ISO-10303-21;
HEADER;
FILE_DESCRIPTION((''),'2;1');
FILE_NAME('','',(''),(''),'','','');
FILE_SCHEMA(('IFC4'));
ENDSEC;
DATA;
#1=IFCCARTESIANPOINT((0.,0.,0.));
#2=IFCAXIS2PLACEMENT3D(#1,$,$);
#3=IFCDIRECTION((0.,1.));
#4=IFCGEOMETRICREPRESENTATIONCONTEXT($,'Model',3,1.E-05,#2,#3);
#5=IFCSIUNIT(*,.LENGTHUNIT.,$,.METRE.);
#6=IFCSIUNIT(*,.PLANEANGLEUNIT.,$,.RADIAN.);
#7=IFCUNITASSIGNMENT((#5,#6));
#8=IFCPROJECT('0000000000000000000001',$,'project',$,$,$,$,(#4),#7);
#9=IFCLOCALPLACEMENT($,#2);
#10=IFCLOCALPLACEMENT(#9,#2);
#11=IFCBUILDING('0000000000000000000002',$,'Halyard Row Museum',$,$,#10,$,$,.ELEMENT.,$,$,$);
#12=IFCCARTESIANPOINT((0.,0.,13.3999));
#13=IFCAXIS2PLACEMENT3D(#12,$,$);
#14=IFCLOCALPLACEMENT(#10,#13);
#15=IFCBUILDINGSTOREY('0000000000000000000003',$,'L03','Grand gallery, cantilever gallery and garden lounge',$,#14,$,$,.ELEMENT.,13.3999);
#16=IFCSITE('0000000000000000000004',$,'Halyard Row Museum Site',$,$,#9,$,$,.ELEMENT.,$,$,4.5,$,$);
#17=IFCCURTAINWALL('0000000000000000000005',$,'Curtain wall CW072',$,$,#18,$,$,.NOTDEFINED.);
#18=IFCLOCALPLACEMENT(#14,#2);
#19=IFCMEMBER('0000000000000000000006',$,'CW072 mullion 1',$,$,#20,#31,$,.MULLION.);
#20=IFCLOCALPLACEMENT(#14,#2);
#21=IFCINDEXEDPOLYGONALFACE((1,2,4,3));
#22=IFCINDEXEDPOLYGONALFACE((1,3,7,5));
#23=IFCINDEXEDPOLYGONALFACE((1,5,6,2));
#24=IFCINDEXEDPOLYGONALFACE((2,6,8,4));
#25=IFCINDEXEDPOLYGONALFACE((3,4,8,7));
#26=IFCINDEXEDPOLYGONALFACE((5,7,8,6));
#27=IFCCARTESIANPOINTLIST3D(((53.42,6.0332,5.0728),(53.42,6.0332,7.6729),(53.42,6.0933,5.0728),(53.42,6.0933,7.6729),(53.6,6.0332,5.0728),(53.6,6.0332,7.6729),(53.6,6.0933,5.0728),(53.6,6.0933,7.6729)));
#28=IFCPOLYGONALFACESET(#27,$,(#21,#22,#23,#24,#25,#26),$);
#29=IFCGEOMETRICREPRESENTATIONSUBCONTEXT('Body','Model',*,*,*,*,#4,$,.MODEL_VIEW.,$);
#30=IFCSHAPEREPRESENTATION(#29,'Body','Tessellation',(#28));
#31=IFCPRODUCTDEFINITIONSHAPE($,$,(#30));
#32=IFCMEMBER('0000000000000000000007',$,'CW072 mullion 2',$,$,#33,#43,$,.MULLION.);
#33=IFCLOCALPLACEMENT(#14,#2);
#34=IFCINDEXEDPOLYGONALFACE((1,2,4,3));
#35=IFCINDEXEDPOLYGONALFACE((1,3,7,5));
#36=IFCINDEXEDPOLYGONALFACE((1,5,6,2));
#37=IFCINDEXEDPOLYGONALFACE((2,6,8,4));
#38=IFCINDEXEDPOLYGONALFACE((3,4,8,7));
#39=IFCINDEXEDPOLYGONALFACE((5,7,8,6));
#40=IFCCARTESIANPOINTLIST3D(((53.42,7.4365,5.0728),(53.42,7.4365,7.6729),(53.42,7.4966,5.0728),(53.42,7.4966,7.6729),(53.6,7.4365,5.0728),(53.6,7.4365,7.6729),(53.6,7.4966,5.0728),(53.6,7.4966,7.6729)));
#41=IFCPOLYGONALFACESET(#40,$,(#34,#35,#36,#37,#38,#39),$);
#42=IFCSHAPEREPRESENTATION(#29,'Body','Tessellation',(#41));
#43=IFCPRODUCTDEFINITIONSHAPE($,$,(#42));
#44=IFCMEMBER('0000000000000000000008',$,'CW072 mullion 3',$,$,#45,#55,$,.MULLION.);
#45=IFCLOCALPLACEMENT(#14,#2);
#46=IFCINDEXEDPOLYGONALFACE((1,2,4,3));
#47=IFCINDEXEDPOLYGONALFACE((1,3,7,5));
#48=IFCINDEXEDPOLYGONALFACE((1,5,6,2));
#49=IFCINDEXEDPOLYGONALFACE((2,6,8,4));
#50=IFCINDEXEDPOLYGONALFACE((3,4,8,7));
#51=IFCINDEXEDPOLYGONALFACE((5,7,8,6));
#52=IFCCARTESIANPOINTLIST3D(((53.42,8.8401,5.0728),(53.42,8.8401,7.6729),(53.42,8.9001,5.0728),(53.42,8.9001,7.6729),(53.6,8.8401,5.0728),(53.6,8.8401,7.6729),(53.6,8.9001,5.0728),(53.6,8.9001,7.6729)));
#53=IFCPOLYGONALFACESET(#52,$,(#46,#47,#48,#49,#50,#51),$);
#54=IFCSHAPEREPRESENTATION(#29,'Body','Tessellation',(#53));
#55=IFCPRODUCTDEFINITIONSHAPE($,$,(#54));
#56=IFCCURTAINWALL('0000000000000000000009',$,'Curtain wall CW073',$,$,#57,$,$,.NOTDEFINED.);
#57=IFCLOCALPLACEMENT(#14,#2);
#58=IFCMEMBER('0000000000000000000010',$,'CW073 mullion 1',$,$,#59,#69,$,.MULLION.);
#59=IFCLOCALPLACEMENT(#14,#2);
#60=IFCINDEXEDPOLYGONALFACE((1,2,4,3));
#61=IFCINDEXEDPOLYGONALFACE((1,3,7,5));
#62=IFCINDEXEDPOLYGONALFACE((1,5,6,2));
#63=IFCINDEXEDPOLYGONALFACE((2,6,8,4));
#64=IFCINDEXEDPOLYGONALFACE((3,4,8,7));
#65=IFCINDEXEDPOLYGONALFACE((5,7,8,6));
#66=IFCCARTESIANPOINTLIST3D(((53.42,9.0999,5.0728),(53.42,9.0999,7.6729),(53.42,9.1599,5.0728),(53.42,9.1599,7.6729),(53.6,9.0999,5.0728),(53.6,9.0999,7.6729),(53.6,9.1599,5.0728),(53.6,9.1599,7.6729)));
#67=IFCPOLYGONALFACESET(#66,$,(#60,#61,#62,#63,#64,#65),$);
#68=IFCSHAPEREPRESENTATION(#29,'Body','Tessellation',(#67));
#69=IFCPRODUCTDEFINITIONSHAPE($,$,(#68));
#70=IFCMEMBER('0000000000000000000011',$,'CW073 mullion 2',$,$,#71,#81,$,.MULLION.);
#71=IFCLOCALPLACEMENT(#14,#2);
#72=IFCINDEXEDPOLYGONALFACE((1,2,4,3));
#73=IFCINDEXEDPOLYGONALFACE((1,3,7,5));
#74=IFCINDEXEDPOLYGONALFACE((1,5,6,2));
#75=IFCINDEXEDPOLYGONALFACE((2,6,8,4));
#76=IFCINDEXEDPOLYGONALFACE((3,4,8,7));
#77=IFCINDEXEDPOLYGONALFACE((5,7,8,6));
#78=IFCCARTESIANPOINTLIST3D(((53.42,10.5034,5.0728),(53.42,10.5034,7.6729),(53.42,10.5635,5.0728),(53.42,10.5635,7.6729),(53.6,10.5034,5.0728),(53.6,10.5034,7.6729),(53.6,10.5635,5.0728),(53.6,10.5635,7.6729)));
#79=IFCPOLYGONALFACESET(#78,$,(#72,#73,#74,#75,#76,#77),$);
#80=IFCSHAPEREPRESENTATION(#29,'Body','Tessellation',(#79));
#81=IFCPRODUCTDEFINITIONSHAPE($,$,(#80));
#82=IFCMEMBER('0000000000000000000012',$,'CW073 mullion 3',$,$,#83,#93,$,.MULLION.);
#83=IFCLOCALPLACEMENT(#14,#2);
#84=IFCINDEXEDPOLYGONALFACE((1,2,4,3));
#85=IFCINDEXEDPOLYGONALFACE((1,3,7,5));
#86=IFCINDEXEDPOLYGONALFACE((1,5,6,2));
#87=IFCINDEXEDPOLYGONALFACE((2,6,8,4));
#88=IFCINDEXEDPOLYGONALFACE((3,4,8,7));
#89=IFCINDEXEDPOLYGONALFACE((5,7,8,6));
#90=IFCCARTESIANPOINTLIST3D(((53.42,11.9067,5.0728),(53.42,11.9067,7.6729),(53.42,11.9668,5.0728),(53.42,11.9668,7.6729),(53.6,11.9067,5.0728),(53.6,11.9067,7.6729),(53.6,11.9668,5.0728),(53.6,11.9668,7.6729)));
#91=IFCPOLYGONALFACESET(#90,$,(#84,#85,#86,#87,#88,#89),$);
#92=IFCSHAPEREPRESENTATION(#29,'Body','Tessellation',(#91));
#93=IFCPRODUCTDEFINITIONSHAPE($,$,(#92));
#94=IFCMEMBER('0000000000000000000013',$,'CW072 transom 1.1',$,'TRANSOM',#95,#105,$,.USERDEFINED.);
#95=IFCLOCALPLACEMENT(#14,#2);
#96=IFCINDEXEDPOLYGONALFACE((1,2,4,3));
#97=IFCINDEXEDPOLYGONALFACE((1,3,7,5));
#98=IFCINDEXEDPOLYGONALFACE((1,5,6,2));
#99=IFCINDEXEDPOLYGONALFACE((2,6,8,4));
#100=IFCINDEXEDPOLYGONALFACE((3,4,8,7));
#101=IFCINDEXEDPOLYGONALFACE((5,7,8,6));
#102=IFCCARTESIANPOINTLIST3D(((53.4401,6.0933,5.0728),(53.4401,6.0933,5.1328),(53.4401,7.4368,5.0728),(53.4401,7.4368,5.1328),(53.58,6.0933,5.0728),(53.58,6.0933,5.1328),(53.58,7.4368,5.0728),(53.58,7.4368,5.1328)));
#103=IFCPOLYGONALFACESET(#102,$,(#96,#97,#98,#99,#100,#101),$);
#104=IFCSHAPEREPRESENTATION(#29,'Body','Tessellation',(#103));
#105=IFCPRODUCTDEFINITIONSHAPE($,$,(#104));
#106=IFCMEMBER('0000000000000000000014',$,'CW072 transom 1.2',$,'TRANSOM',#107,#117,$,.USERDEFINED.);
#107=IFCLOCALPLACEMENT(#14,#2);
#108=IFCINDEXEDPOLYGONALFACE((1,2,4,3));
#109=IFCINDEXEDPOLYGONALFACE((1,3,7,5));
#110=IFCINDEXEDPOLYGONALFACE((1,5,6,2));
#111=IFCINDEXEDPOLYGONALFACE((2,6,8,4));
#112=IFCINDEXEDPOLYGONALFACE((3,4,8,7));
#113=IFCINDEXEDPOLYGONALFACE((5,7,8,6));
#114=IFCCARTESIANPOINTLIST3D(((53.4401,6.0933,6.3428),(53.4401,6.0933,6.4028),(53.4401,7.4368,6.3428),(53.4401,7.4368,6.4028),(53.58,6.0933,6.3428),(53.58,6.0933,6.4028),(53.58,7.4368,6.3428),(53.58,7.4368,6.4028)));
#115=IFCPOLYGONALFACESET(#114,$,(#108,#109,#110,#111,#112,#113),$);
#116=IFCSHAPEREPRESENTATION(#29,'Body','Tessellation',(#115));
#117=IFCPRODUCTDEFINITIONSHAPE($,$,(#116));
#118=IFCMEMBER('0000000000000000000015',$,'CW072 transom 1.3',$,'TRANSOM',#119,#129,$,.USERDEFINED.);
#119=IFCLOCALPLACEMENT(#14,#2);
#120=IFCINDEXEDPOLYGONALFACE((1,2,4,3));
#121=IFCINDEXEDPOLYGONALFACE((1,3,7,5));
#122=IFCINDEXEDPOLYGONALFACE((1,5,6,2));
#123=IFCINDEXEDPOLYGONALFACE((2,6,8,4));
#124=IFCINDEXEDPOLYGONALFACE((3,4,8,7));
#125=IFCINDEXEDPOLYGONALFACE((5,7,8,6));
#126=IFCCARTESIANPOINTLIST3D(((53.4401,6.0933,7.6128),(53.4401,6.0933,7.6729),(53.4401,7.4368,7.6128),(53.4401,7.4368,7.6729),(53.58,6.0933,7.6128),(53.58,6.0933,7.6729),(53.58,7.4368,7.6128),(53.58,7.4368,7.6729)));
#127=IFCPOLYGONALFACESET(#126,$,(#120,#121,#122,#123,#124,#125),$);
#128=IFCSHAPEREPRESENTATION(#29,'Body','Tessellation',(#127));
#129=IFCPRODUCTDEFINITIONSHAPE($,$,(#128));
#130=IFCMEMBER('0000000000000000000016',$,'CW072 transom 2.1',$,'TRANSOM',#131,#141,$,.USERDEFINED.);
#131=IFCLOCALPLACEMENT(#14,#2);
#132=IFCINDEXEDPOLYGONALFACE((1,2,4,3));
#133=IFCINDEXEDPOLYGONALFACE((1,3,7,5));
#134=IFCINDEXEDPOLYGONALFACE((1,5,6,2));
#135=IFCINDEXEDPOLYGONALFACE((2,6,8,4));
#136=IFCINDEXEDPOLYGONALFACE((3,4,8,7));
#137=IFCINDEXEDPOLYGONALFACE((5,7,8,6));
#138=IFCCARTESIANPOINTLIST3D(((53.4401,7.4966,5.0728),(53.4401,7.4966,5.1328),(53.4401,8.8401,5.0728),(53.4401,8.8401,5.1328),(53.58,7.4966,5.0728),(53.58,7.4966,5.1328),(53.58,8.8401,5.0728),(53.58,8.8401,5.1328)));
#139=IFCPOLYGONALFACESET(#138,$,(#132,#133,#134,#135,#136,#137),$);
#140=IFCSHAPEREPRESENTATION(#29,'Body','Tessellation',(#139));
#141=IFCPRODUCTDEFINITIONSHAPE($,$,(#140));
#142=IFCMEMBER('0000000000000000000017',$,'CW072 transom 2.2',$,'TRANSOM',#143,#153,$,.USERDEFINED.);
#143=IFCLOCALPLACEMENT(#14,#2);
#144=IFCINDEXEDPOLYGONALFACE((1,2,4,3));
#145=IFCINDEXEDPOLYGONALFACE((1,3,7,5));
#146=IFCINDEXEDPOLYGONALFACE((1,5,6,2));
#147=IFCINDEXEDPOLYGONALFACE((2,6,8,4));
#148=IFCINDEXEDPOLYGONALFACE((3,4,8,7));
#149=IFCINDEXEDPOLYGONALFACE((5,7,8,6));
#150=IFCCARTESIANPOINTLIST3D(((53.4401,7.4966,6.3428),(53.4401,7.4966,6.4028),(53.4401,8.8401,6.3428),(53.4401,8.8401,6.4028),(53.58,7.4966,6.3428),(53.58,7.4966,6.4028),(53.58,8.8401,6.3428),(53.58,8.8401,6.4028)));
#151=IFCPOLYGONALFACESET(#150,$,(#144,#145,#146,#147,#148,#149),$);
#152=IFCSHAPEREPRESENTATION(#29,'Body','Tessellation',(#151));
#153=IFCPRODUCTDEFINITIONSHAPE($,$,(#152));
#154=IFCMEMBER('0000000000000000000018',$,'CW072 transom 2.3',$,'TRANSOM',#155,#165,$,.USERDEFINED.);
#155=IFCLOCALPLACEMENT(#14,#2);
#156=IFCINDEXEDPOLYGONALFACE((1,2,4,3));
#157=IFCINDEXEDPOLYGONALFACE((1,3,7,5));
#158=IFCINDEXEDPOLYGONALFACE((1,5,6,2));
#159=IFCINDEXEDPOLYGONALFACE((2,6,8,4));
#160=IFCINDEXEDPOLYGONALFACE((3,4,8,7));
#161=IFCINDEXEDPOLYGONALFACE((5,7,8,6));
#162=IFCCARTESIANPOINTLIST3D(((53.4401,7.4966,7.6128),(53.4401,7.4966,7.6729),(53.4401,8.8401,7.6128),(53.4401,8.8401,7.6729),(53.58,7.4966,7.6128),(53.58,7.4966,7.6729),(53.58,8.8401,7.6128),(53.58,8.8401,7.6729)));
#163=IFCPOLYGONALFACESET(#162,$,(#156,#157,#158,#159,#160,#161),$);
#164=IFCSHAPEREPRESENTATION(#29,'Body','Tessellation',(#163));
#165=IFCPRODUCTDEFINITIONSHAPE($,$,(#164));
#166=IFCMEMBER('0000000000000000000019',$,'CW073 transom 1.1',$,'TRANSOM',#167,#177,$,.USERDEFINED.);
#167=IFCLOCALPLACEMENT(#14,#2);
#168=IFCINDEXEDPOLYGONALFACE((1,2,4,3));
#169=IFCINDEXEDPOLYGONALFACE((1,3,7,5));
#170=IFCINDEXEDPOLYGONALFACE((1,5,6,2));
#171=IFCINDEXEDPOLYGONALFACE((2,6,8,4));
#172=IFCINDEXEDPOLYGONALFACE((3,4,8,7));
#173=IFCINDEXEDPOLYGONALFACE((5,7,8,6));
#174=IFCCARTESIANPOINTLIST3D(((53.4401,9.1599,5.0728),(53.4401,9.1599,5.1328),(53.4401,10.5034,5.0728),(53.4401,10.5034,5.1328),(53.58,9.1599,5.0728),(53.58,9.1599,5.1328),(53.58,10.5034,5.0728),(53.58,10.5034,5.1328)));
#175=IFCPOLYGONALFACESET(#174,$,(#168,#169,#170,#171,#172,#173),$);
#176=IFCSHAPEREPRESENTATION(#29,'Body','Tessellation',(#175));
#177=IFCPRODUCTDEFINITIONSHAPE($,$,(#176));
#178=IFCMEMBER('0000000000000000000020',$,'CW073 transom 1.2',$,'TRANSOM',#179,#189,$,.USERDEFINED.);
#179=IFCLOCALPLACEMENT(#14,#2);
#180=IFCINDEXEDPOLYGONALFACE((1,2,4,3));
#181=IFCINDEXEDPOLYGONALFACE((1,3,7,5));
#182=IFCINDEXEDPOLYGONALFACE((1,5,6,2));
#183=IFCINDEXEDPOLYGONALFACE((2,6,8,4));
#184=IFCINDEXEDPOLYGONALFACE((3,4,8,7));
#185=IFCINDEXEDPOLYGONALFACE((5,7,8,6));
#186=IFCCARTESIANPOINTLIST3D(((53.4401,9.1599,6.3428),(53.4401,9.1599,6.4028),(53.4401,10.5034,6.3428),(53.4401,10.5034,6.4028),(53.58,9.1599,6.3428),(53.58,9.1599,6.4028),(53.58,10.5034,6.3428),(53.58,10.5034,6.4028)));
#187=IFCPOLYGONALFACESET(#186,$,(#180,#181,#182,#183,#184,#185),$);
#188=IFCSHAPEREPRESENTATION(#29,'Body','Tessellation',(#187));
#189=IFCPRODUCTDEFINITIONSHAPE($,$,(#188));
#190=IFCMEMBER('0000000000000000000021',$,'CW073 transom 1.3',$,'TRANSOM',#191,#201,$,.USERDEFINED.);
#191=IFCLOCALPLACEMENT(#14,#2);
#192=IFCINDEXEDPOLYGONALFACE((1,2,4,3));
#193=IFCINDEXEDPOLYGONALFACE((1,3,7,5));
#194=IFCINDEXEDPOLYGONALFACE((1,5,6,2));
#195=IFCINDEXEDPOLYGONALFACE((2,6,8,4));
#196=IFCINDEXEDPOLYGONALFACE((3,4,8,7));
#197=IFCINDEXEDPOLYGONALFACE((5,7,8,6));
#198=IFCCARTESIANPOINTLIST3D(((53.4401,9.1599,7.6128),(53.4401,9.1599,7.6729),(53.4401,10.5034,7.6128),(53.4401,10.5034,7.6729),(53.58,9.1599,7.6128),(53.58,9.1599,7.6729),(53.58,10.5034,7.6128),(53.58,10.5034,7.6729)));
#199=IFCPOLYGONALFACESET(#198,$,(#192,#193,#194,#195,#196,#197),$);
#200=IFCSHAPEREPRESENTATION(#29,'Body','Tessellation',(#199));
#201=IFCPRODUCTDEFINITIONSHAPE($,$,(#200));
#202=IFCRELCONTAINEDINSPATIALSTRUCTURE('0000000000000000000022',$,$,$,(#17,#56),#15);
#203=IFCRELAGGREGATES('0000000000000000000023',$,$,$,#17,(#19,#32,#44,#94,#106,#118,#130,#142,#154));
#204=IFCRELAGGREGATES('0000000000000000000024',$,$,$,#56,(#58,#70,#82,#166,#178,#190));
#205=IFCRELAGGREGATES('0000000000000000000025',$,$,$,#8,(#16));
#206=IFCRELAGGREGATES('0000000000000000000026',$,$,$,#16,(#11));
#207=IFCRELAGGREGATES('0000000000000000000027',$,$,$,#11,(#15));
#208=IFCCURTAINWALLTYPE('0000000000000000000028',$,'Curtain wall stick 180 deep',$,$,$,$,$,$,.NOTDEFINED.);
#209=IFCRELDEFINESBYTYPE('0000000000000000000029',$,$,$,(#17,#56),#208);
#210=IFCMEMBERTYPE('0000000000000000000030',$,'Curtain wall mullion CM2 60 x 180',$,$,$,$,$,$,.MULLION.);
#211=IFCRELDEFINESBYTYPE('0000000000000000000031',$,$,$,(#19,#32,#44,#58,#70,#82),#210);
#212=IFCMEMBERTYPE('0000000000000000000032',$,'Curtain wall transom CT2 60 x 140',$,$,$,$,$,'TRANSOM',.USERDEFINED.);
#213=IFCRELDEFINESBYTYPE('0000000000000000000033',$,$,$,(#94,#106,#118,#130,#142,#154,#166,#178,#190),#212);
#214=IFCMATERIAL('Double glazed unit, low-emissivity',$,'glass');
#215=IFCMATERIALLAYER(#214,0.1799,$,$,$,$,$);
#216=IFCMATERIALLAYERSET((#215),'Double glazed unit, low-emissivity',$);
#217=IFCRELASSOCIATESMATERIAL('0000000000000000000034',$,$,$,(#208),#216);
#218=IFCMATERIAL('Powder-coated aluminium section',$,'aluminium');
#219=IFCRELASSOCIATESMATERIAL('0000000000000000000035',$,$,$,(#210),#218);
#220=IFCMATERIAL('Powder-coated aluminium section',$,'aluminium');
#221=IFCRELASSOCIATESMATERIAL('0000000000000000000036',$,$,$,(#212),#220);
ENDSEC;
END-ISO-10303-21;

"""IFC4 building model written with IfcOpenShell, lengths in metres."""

from ifc_helpers import new_model, si_unit, direction, frame, origin, origin_2d, place, context, subcontext, project, spatial, rectangle, extrude, material, layer, layer_set, material_profile, profile_set, type_object, element, aggregate, save


model = new_model("IFC4")

# Units and contexts
model_context = context("Model", 3, precision=1e-05, world=origin(), true_north=direction((0.0, 1.0)))
body_context = subcontext(model_context, "Body", "Model", "MODEL_VIEW")
ifc_project = project(units=[si_unit("LENGTHUNIT", "METRE"), si_unit("PLANEANGLEUNIT", "RADIAN")], contexts=[model_context])

# Site, building, storey
site_placement = place(None, origin())
site = spatial("IfcSite", under=ifc_project, at=site_placement, Name="Halyard Row Museum Site", CompositionType="ELEMENT", RefElevation=4.5)
building_placement = place(site_placement, origin())
building = spatial("IfcBuilding", under=site, at=building_placement, Name="Halyard Row Museum", CompositionType="ELEMENT")
storey_placement = place(building_placement, frame((0.0, 0.0, 13.3999)))
storey = spatial("IfcBuildingStorey", under=building, at=storey_placement, Name="L03", Description="Grand gallery, cantilever gallery and garden lounge", CompositionType="ELEMENT", Elevation=13.3999)

# Curtain walls, members
ifc_material_1 = material(Name="Double glazed unit, low-emissivity", Category="glass")
ifc_layer_1 = layer(ifc_material_1, 0.1799)
ifc_layer_set_1 = layer_set([ifc_layer_1], Name="Double glazed unit, low-emissivity")
curtain_wall_type = type_object("IfcCurtainWallType", Name="Curtain wall stick 180 deep", PredefinedType="NOTDEFINED", material=ifc_layer_set_1)
curtain_wall_1_placement = place(storey_placement, origin())
curtain_wall_1 = element("IfcCurtainWall", 1, at=curtain_wall_1_placement, inside=storey, type_object=curtain_wall_type, Name="Curtain wall CW072", PredefinedType="NOTDEFINED")
ifc_material_2 = material(Name="Powder-coated aluminium section", Category="aluminium")
ifc_material_profile_1 = material_profile(ifc_material_2, rectangle(XDim=0.1799, YDim=0.0601, at=origin_2d()), Name="180x60 mullion")
ifc_profile_set_1 = profile_set([ifc_material_profile_1], Name="Powder-coated aluminium section")
member_type_1 = type_object("IfcMemberType", Name="Curtain wall mullion CM2 60 x 180", PredefinedType="MULLION", material=ifc_profile_set_1)
member_1_placement = place(storey_placement, frame((53.51, 6.0632, 5.0728), z_axis=(0.0, 0.0, 1.0), x_axis=(-1.0, 0.0, 0.0)))
member_1 = element("IfcMember", 2, at=member_1_placement, type_object=member_type_1, Name="CW072 mullion 1", PredefinedType="MULLION", context=body_context, shape_type="SweptSolid", body=[
    extrude(rectangle(XDim=0.1799, YDim=0.0601, at=origin_2d()), origin(), (0.0, 0.0, 1.0), 2.6001),
])
member_2_placement = place(storey_placement, frame((53.51, 7.4666, 5.0728), z_axis=(0.0, 0.0, 1.0), x_axis=(-1.0, 0.0, 0.0)))
member_2 = element("IfcMember", 3, at=member_2_placement, type_object=member_type_1, Name="CW072 mullion 2", PredefinedType="MULLION", context=body_context, shape_type="SweptSolid", body=[
    extrude(rectangle(XDim=0.1799, YDim=0.0601, at=origin_2d()), origin(), (0.0, 0.0, 1.0), 2.6001),
])
member_3_placement = place(storey_placement, frame((53.51, 8.8701, 5.0728), z_axis=(0.0, 0.0, 1.0), x_axis=(-1.0, 0.0, 0.0)))
member_3 = element("IfcMember", 4, at=member_3_placement, type_object=member_type_1, Name="CW072 mullion 3", PredefinedType="MULLION", context=body_context, shape_type="SweptSolid", body=[
    extrude(rectangle(XDim=0.1799, YDim=0.0601, at=origin_2d()), origin(), (0.0, 0.0, 1.0), 2.6001),
])
curtain_wall_2_placement = place(storey_placement, origin())
curtain_wall_2 = element("IfcCurtainWall", 5, at=curtain_wall_2_placement, inside=storey, type_object=curtain_wall_type, Name="Curtain wall CW073", PredefinedType="NOTDEFINED")
member_4_placement = place(storey_placement, frame((53.51, 9.1299, 5.0728), z_axis=(0.0, 0.0, 1.0), x_axis=(-1.0, 0.0, 0.0)))
member_4 = element("IfcMember", 6, at=member_4_placement, type_object=member_type_1, Name="CW073 mullion 1", PredefinedType="MULLION", context=body_context, shape_type="SweptSolid", body=[
    extrude(rectangle(XDim=0.1799, YDim=0.0601, at=origin_2d()), origin(), (0.0, 0.0, 1.0), 2.6001),
])
member_5_placement = place(storey_placement, frame((53.51, 10.5334, 5.0728), z_axis=(0.0, 0.0, 1.0), x_axis=(-1.0, 0.0, 0.0)))
member_5 = element("IfcMember", 7, at=member_5_placement, type_object=member_type_1, Name="CW073 mullion 2", PredefinedType="MULLION", context=body_context, shape_type="SweptSolid", body=[
    extrude(rectangle(XDim=0.1799, YDim=0.0601, at=origin_2d()), origin(), (0.0, 0.0, 1.0), 2.6001),
])
member_6_placement = place(storey_placement, frame((53.51, 11.9368, 5.0728), z_axis=(0.0, 0.0, 1.0), x_axis=(-1.0, 0.0, 0.0)))
member_6 = element("IfcMember", 8, at=member_6_placement, type_object=member_type_1, Name="CW073 mullion 3", PredefinedType="MULLION", context=body_context, shape_type="SweptSolid", body=[
    extrude(rectangle(XDim=0.1799, YDim=0.0601, at=origin_2d()), origin(), (0.0, 0.0, 1.0), 2.6001),
])

# Members
ifc_material_3 = material(Name="Powder-coated aluminium section", Category="aluminium")
ifc_material_profile_2 = material_profile(ifc_material_3, rectangle(XDim=0.1399, YDim=0.0601, at=origin_2d()), Name="140x60 transom")
ifc_profile_set_2 = profile_set([ifc_material_profile_2], Name="Powder-coated aluminium section")
member_type_2 = type_object("IfcMemberType", Name="Curtain wall transom CT2 60 x 140", ElementType="TRANSOM", PredefinedType="USERDEFINED", material=ifc_profile_set_2)
member_7_placement = place(storey_placement, frame((53.51, 6.0933, 5.1028), z_axis=(0.0, 1.0, 0.0), x_axis=(-1.0, 0.0, 0.0)))
member_7 = element("IfcMember", 9, at=member_7_placement, type_object=member_type_2, Name="CW072 transom 1.1", ObjectType="TRANSOM", PredefinedType="USERDEFINED", context=body_context, shape_type="SweptSolid", body=[
    extrude(rectangle(XDim=0.1399, YDim=0.0601, at=origin_2d()), origin(), (0.0, 0.0, 1.0), 1.3435),
])
member_8_placement = place(storey_placement, frame((53.51, 6.0933, 6.3728), z_axis=(0.0, 1.0, 0.0), x_axis=(-1.0, 0.0, 0.0)))
member_8 = element("IfcMember", 10, at=member_8_placement, type_object=member_type_2, Name="CW072 transom 1.2", ObjectType="TRANSOM", PredefinedType="USERDEFINED", context=body_context, shape_type="SweptSolid", body=[
    extrude(rectangle(XDim=0.1399, YDim=0.0601, at=origin_2d()), origin(), (0.0, 0.0, 1.0), 1.3435),
])
member_9_placement = place(storey_placement, frame((53.51, 6.0933, 7.6428), z_axis=(0.0, 1.0, 0.0), x_axis=(-1.0, 0.0, 0.0)))
member_9 = element("IfcMember", 11, at=member_9_placement, type_object=member_type_2, Name="CW072 transom 1.3", ObjectType="TRANSOM", PredefinedType="USERDEFINED", context=body_context, shape_type="SweptSolid", body=[
    extrude(rectangle(XDim=0.1399, YDim=0.0601, at=origin_2d()), origin(), (0.0, 0.0, 1.0), 1.3435),
])
member_10_placement = place(storey_placement, frame((53.51, 7.4966, 5.1028), z_axis=(0.0, 1.0, 0.0), x_axis=(-1.0, 0.0, 0.0)))
member_10 = element("IfcMember", 12, at=member_10_placement, type_object=member_type_2, Name="CW072 transom 2.1", ObjectType="TRANSOM", PredefinedType="USERDEFINED", context=body_context, shape_type="SweptSolid", body=[
    extrude(rectangle(XDim=0.1399, YDim=0.0601, at=origin_2d()), origin(), (0.0, 0.0, 1.0), 1.3435),
])
member_11_placement = place(storey_placement, frame((53.51, 7.4966, 6.3728), z_axis=(0.0, 1.0, 0.0), x_axis=(-1.0, 0.0, 0.0)))
member_11 = element("IfcMember", 13, at=member_11_placement, type_object=member_type_2, Name="CW072 transom 2.2", ObjectType="TRANSOM", PredefinedType="USERDEFINED", context=body_context, shape_type="SweptSolid", body=[
    extrude(rectangle(XDim=0.1399, YDim=0.0601, at=origin_2d()), origin(), (0.0, 0.0, 1.0), 1.3435),
])
member_12_placement = place(storey_placement, frame((53.51, 7.4966, 7.6428), z_axis=(0.0, 1.0, 0.0), x_axis=(-1.0, 0.0, 0.0)))
member_12 = element("IfcMember", 14, at=member_12_placement, type_object=member_type_2, Name="CW072 transom 2.3", ObjectType="TRANSOM", PredefinedType="USERDEFINED", context=body_context, shape_type="SweptSolid", body=[
    extrude(rectangle(XDim=0.1399, YDim=0.0601, at=origin_2d()), origin(), (0.0, 0.0, 1.0), 1.3435),
])
member_13_placement = place(storey_placement, frame((53.51, 9.1599, 5.1028), z_axis=(0.0, 1.0, 0.0), x_axis=(-1.0, 0.0, 0.0)))
member_13 = element("IfcMember", 15, at=member_13_placement, type_object=member_type_2, Name="CW073 transom 1.1", ObjectType="TRANSOM", PredefinedType="USERDEFINED", context=body_context, shape_type="SweptSolid", body=[
    extrude(rectangle(XDim=0.1399, YDim=0.0601, at=origin_2d()), origin(), (0.0, 0.0, 1.0), 1.3435),
])
member_14_placement = place(storey_placement, frame((53.51, 9.1599, 6.3728), z_axis=(0.0, 1.0, 0.0), x_axis=(-1.0, 0.0, 0.0)))
member_14 = element("IfcMember", 16, at=member_14_placement, type_object=member_type_2, Name="CW073 transom 1.2", ObjectType="TRANSOM", PredefinedType="USERDEFINED", context=body_context, shape_type="SweptSolid", body=[
    extrude(rectangle(XDim=0.1399, YDim=0.0601, at=origin_2d()), origin(), (0.0, 0.0, 1.0), 1.3435),
])
member_15_placement = place(storey_placement, frame((53.51, 9.1599, 7.6428), z_axis=(0.0, 1.0, 0.0), x_axis=(-1.0, 0.0, 0.0)))
member_15 = element("IfcMember", 17, at=member_15_placement, type_object=member_type_2, Name="CW073 transom 1.3", ObjectType="TRANSOM", PredefinedType="USERDEFINED", context=body_context, shape_type="SweptSolid", body=[
    extrude(rectangle(XDim=0.1399, YDim=0.0601, at=origin_2d()), origin(), (0.0, 0.0, 1.0), 1.3435),
])

aggregate(curtain_wall_1, [member_1, member_2, member_3, member_7, member_8, member_9, member_10, member_11, member_12])
aggregate(curtain_wall_2, [member_4, member_5, member_6, member_13, member_14, member_15])

save(model, "model.ifc")
